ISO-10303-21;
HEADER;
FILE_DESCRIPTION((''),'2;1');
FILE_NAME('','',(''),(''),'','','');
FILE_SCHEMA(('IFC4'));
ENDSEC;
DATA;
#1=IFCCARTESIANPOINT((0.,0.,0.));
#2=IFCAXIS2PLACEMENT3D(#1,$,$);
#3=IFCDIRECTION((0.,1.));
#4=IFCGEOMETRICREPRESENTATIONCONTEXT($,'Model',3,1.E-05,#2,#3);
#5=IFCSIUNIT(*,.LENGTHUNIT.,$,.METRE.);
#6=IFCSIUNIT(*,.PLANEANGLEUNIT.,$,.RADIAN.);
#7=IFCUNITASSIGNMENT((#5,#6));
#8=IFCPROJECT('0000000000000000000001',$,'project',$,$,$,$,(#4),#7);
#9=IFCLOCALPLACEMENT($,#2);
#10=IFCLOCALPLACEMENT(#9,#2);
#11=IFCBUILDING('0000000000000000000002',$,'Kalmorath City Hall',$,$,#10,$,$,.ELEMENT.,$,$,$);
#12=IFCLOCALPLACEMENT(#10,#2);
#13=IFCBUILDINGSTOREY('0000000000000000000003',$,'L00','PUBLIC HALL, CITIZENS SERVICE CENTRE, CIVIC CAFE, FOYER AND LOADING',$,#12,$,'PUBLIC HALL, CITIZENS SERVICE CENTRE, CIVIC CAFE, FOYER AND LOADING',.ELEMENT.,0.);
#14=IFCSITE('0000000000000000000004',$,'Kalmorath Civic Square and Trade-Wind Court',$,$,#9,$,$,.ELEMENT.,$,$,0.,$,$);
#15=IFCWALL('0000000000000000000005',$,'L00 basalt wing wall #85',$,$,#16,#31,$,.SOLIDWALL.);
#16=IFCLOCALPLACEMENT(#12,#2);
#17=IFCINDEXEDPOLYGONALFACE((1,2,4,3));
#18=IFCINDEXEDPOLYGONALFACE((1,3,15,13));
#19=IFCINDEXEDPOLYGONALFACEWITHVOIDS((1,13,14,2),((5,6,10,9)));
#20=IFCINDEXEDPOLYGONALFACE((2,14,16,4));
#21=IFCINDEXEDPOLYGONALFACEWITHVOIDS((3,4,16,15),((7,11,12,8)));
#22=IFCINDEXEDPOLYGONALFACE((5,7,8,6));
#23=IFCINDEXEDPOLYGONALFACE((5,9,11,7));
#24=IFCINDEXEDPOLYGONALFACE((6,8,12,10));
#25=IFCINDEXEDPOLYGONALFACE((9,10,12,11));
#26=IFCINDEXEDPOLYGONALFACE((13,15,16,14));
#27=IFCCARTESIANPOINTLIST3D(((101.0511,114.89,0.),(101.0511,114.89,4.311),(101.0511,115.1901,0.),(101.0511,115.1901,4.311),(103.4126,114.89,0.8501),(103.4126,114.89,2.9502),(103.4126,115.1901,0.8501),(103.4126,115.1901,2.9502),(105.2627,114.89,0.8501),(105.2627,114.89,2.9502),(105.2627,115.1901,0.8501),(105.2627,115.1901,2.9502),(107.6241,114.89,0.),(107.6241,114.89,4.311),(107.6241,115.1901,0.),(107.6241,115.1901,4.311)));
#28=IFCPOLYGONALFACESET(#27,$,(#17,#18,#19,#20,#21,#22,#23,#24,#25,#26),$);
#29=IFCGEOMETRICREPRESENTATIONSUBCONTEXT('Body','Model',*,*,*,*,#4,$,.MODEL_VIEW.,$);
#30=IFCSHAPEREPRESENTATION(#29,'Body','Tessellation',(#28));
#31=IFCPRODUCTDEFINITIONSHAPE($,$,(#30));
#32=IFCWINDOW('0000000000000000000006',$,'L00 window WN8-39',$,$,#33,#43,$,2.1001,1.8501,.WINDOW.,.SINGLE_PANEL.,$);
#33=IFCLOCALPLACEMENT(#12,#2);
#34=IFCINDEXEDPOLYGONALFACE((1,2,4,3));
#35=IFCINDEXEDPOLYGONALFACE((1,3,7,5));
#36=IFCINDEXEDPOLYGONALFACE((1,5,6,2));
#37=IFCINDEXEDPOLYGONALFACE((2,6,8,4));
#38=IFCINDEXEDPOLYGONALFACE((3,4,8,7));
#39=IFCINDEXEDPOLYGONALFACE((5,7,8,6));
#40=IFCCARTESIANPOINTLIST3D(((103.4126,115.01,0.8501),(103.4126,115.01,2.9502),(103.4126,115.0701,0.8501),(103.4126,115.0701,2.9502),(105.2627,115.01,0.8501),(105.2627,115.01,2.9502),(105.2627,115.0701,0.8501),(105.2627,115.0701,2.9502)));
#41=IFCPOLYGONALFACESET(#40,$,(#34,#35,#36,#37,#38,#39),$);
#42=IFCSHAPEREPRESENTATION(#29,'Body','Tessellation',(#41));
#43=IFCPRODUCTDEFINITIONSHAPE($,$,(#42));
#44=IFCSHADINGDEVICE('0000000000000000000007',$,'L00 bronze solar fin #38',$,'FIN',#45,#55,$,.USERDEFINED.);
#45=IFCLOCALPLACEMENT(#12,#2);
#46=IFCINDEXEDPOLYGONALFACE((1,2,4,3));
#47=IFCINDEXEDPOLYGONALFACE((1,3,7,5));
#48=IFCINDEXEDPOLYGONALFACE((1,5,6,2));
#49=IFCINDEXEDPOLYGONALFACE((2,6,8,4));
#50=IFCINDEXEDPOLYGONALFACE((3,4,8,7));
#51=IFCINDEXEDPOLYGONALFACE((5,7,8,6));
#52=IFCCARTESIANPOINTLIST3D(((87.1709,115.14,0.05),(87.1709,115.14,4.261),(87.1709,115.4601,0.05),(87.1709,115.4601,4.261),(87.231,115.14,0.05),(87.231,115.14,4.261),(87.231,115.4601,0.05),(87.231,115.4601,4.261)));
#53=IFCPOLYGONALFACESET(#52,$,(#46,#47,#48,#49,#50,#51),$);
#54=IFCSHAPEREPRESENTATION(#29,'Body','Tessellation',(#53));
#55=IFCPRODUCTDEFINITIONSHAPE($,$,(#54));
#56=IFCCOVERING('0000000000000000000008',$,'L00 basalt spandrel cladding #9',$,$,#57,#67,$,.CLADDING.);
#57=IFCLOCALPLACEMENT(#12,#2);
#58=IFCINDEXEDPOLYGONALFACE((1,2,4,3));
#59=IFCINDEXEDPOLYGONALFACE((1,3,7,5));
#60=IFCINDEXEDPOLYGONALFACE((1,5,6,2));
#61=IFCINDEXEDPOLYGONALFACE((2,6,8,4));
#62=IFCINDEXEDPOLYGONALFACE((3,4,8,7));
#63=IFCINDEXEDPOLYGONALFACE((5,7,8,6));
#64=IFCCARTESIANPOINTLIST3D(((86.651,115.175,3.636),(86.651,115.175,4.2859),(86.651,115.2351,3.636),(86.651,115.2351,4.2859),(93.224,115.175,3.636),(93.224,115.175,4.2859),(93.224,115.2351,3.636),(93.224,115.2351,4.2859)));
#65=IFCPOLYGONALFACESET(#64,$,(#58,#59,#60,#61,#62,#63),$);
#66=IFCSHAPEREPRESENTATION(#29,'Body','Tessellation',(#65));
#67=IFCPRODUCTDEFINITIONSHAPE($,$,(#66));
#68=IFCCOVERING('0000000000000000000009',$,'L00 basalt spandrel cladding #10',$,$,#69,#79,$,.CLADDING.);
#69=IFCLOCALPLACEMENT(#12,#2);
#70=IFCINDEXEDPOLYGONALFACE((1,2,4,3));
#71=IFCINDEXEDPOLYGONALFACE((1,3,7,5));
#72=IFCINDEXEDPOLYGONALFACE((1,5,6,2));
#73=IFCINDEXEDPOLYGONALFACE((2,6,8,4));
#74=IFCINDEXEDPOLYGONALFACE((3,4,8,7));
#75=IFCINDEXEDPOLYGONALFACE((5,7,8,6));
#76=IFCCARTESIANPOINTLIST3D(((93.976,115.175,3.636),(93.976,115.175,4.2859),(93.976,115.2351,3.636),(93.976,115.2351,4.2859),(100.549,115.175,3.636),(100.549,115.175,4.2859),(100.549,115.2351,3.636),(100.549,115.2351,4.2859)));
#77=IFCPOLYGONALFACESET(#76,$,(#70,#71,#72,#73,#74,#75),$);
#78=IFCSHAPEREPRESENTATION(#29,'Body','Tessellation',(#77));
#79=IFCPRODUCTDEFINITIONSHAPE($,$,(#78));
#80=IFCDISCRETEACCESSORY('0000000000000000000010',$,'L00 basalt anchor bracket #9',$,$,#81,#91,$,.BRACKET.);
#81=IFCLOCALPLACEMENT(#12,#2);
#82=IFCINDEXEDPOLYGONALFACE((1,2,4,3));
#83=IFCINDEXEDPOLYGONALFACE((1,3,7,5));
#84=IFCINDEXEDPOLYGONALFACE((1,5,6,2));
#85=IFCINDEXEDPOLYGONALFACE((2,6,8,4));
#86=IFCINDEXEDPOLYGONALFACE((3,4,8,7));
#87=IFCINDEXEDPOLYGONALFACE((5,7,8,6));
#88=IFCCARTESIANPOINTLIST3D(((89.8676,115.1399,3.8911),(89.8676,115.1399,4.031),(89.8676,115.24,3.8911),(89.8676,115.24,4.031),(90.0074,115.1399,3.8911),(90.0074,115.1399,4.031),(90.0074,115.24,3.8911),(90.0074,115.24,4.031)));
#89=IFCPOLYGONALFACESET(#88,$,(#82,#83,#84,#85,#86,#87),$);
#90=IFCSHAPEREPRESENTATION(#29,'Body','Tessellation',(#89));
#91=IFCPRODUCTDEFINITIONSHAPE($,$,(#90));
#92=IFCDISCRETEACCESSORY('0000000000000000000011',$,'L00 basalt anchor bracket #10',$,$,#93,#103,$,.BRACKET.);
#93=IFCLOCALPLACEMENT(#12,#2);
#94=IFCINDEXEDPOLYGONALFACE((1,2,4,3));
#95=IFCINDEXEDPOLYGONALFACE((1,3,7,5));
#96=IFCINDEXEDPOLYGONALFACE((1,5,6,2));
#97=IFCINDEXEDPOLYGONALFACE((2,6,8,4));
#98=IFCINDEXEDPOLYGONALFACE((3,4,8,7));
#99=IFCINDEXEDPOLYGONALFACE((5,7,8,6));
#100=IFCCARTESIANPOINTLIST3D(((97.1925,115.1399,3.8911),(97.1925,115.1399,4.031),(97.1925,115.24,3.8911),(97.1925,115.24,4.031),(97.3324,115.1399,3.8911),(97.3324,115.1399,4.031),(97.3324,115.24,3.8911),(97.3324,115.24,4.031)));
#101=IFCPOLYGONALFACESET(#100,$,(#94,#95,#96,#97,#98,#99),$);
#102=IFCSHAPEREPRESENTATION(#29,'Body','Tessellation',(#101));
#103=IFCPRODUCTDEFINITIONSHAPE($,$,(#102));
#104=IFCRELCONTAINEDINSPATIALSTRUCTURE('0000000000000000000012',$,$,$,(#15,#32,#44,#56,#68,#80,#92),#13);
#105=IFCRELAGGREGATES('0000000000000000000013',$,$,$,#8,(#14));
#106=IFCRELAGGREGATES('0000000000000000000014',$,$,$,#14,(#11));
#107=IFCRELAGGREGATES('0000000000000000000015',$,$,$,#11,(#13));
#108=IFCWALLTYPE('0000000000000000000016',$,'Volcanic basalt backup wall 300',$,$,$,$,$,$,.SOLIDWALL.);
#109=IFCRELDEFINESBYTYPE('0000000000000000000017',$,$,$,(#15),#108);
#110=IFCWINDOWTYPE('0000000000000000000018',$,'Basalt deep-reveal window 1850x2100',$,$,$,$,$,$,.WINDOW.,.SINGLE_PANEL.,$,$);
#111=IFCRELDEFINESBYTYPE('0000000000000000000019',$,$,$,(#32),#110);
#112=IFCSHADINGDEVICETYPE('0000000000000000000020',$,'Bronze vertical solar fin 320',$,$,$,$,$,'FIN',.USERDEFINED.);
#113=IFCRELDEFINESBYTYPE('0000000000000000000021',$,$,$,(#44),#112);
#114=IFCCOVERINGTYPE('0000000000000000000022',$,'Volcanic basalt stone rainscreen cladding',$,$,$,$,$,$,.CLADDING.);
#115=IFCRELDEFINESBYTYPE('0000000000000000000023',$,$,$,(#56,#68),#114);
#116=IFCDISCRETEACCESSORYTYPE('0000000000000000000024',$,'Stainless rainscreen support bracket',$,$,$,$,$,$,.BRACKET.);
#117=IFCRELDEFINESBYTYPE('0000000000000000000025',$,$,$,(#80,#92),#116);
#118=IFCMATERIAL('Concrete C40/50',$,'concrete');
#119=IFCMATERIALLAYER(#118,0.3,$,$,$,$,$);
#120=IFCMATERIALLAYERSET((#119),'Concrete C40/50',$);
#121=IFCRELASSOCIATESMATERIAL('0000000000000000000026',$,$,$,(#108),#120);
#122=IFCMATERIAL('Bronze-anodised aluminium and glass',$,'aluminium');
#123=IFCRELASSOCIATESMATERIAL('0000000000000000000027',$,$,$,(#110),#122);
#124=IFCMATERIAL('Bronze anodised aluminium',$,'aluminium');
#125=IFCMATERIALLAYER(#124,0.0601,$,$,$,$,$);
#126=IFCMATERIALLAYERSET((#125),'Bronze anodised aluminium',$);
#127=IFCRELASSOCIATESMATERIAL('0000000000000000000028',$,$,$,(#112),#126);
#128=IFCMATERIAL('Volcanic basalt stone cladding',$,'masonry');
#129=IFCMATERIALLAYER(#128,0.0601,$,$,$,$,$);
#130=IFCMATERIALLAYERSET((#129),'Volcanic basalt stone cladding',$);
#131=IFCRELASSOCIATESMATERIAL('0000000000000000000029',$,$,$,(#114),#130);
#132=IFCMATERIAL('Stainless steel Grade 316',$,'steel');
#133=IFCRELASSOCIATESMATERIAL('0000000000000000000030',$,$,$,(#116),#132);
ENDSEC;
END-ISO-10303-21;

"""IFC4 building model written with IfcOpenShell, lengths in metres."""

from ifc_helpers import new_model, si_unit, direction, frame, frame_2d, origin, origin_2d, place, context, subcontext, project, spatial, rectangle, extrude, material, layer, layer_set, type_object, element, fill, save


model = new_model("IFC4")

# Units and contexts
model_context = context("Model", 3, precision=1e-05, world=origin(), true_north=direction((0.0, 1.0)))
body_context = subcontext(model_context, "Body", "Model", "MODEL_VIEW")
ifc_project = project(units=[si_unit("LENGTHUNIT", "METRE"), si_unit("PLANEANGLEUNIT", "RADIAN")], contexts=[model_context])

# Site, building, storey
site_placement = place(None, origin())
site = spatial("IfcSite", under=ifc_project, at=site_placement, Name="Kalmorath Civic Square and Trade-Wind Court", CompositionType="ELEMENT", RefElevation=0.0)
building_placement = place(site_placement, origin())
building = spatial("IfcBuilding", under=site, at=building_placement, Name="Kalmorath City Hall", CompositionType="ELEMENT")
storey_placement = place(building_placement, origin())
storey = spatial("IfcBuildingStorey", under=building, at=storey_placement, Name="L00", Description="PUBLIC HALL, CITIZENS SERVICE CENTRE, CIVIC CAFE, FOYER AND LOADING", LongName="PUBLIC HALL, CITIZENS SERVICE CENTRE, CIVIC CAFE, FOYER AND LOADING", CompositionType="ELEMENT", Elevation=0.0)

# Shared definitions
ifc_material_1 = material(Name="Concrete C40/50", Category="concrete")
ifc_layer_1 = layer(ifc_material_1, 0.3)
ifc_layer_set_1 = layer_set([ifc_layer_1], Name="Concrete C40/50")
wall_type = type_object("IfcWallType", Name="Volcanic basalt backup wall 300", PredefinedType="SOLIDWALL", material=ifc_layer_set_1)

# Wall, opening, window
wall_1_placement = place(storey_placement, frame((101.051, 115.04, 0.0), z_axis=(0.0, 0.0, 1.0), x_axis=(1.0, 0.0, 0.0)))
wall_1 = element("IfcWall", 1, at=wall_1_placement, inside=storey, type_object=wall_type, Name="L00 basalt wing wall #85", PredefinedType="SOLIDWALL", context=body_context, shape_type="SweptSolid", body=[
    extrude(rectangle(XDim=6.573, YDim=0.3, at=frame_2d((3.2866, 0.0))), origin(), (0.0, 0.0, 1.0), 4.311),
])
opening_1_placement = place(wall_1_placement, frame((2.3616, 0.0, 0.8501)))
opening_1 = element("IfcOpeningElement", 2, at=opening_1_placement, cuts=wall_1, PredefinedType="OPENING", context=body_context, shape_type="SweptSolid", body=[
    extrude(rectangle(XDim=1.8501, YDim=2.1001, at=frame_2d((0.925, 1.05))), frame((0.0, 0.1599, 0.0), z_axis=(0.0, -1.0, 0.0), x_axis=(1.0, 0.0, 0.0)), (0.0, 0.0, 1.0), 0.3201),
])
ifc_material_2 = material(Name="Bronze-anodised aluminium and glass", Category="aluminium")
window_type = type_object("IfcWindowType", Name="Basalt deep-reveal window 1850x2100", PartitioningType="SINGLE_PANEL", PredefinedType="WINDOW", material=ifc_material_2)
window_placement = place(opening_1_placement, origin())
window = element("IfcWindow", 3, at=window_placement, inside=storey, type_object=window_type, Name="L00 window WN8-39", OverallHeight=2.1001, OverallWidth=1.8501, PartitioningType="SINGLE_PANEL", PredefinedType="WINDOW", context=body_context, shape_type="SweptSolid", body=[
    extrude(rectangle(XDim=1.8501, YDim=2.1001, at=frame_2d((0.925, 1.05))), frame((0.0, 0.03, 0.0), z_axis=(0.0, -1.0, 0.0), x_axis=(1.0, 0.0, 0.0)), (0.0, 0.0, 1.0), 0.0601),
])
fill(opening_1, window)

# Shading device
ifc_material_3 = material(Name="Bronze anodised aluminium", Category="aluminium")
ifc_layer_2 = layer(ifc_material_3, 0.0601)
ifc_layer_set_2 = layer_set([ifc_layer_2], Name="Bronze anodised aluminium")
shading_device_type = type_object("IfcShadingDeviceType", Name="Bronze vertical solar fin 320", ElementType="FIN", PredefinedType="USERDEFINED", material=ifc_layer_set_2)
shading_device_placement = place(storey_placement, frame((87.2009, 115.3, 0.05), z_axis=(0.0, 0.0, 1.0), x_axis=(1.0, 0.0, 0.0)))
element("IfcShadingDevice", 4, at=shading_device_placement, inside=storey, type_object=shading_device_type, Name="L00 bronze solar fin #38", ObjectType="FIN", PredefinedType="USERDEFINED", context=body_context, shape_type="SweptSolid", body=[
    extrude(rectangle(XDim=0.0601, YDim=0.3201, at=origin_2d()), origin(), (0.0, 0.0, 1.0), 4.2109),
])

# Coverings
ifc_material_4 = material(Name="Volcanic basalt stone cladding", Category="masonry")
ifc_layer_3 = layer(ifc_material_4, 0.0601)
ifc_layer_set_3 = layer_set([ifc_layer_3], Name="Volcanic basalt stone cladding")
covering_type = type_object("IfcCoveringType", Name="Volcanic basalt stone rainscreen cladding", PredefinedType="CLADDING", material=ifc_layer_set_3)
for number, where, z_axis, x_axis, name in (
    (5, (89.9375, 115.2051, 3.636), (0.0, 0.0, 1.0), (1.0, 0.0, 0.0), "L00 basalt spandrel cladding #9"),
    (6, (97.2625, 115.2051, 3.636), (0.0, 0.0, 1.0), (1.0, 0.0, 0.0), "L00 basalt spandrel cladding #10"),
):
    element("IfcCovering", number, at=place(storey_placement, frame(where, z_axis=z_axis, x_axis=x_axis)), inside=storey, type_object=covering_type, Name=name, PredefinedType="CLADDING", context=body_context, shape_type="SweptSolid", body=[
        extrude(rectangle(XDim=6.573, YDim=0.0601, at=origin_2d()), origin(), (0.0, 0.0, 1.0), 0.6499),
    ])

# Discrete accessories
ifc_material_5 = material(Name="Stainless steel Grade 316", Category="steel")
discrete_accessory_type = type_object("IfcDiscreteAccessoryType", Name="Stainless rainscreen support bracket", PredefinedType="BRACKET", material=ifc_material_5)
for number, where, z_axis, x_axis, name in (
    (7, (89.9375, 115.1899, 3.8911), (0.0, 0.0, 1.0), (1.0, 0.0, 0.0), "L00 basalt anchor bracket #9"),
    (8, (97.2625, 115.1899, 3.8911), (0.0, 0.0, 1.0), (1.0, 0.0, 0.0), "L00 basalt anchor bracket #10"),
):
    element("IfcDiscreteAccessory", number, at=place(storey_placement, frame(where, z_axis=z_axis, x_axis=x_axis)), inside=storey, type_object=discrete_accessory_type, Name=name, PredefinedType="BRACKET", context=body_context, shape_type="SweptSolid", body=[
        extrude(rectangle(XDim=0.1399, YDim=0.1001, at=origin_2d()), origin(), (0.0, 0.0, 1.0), 0.1399),
    ])

save(model, "model.ifc")
